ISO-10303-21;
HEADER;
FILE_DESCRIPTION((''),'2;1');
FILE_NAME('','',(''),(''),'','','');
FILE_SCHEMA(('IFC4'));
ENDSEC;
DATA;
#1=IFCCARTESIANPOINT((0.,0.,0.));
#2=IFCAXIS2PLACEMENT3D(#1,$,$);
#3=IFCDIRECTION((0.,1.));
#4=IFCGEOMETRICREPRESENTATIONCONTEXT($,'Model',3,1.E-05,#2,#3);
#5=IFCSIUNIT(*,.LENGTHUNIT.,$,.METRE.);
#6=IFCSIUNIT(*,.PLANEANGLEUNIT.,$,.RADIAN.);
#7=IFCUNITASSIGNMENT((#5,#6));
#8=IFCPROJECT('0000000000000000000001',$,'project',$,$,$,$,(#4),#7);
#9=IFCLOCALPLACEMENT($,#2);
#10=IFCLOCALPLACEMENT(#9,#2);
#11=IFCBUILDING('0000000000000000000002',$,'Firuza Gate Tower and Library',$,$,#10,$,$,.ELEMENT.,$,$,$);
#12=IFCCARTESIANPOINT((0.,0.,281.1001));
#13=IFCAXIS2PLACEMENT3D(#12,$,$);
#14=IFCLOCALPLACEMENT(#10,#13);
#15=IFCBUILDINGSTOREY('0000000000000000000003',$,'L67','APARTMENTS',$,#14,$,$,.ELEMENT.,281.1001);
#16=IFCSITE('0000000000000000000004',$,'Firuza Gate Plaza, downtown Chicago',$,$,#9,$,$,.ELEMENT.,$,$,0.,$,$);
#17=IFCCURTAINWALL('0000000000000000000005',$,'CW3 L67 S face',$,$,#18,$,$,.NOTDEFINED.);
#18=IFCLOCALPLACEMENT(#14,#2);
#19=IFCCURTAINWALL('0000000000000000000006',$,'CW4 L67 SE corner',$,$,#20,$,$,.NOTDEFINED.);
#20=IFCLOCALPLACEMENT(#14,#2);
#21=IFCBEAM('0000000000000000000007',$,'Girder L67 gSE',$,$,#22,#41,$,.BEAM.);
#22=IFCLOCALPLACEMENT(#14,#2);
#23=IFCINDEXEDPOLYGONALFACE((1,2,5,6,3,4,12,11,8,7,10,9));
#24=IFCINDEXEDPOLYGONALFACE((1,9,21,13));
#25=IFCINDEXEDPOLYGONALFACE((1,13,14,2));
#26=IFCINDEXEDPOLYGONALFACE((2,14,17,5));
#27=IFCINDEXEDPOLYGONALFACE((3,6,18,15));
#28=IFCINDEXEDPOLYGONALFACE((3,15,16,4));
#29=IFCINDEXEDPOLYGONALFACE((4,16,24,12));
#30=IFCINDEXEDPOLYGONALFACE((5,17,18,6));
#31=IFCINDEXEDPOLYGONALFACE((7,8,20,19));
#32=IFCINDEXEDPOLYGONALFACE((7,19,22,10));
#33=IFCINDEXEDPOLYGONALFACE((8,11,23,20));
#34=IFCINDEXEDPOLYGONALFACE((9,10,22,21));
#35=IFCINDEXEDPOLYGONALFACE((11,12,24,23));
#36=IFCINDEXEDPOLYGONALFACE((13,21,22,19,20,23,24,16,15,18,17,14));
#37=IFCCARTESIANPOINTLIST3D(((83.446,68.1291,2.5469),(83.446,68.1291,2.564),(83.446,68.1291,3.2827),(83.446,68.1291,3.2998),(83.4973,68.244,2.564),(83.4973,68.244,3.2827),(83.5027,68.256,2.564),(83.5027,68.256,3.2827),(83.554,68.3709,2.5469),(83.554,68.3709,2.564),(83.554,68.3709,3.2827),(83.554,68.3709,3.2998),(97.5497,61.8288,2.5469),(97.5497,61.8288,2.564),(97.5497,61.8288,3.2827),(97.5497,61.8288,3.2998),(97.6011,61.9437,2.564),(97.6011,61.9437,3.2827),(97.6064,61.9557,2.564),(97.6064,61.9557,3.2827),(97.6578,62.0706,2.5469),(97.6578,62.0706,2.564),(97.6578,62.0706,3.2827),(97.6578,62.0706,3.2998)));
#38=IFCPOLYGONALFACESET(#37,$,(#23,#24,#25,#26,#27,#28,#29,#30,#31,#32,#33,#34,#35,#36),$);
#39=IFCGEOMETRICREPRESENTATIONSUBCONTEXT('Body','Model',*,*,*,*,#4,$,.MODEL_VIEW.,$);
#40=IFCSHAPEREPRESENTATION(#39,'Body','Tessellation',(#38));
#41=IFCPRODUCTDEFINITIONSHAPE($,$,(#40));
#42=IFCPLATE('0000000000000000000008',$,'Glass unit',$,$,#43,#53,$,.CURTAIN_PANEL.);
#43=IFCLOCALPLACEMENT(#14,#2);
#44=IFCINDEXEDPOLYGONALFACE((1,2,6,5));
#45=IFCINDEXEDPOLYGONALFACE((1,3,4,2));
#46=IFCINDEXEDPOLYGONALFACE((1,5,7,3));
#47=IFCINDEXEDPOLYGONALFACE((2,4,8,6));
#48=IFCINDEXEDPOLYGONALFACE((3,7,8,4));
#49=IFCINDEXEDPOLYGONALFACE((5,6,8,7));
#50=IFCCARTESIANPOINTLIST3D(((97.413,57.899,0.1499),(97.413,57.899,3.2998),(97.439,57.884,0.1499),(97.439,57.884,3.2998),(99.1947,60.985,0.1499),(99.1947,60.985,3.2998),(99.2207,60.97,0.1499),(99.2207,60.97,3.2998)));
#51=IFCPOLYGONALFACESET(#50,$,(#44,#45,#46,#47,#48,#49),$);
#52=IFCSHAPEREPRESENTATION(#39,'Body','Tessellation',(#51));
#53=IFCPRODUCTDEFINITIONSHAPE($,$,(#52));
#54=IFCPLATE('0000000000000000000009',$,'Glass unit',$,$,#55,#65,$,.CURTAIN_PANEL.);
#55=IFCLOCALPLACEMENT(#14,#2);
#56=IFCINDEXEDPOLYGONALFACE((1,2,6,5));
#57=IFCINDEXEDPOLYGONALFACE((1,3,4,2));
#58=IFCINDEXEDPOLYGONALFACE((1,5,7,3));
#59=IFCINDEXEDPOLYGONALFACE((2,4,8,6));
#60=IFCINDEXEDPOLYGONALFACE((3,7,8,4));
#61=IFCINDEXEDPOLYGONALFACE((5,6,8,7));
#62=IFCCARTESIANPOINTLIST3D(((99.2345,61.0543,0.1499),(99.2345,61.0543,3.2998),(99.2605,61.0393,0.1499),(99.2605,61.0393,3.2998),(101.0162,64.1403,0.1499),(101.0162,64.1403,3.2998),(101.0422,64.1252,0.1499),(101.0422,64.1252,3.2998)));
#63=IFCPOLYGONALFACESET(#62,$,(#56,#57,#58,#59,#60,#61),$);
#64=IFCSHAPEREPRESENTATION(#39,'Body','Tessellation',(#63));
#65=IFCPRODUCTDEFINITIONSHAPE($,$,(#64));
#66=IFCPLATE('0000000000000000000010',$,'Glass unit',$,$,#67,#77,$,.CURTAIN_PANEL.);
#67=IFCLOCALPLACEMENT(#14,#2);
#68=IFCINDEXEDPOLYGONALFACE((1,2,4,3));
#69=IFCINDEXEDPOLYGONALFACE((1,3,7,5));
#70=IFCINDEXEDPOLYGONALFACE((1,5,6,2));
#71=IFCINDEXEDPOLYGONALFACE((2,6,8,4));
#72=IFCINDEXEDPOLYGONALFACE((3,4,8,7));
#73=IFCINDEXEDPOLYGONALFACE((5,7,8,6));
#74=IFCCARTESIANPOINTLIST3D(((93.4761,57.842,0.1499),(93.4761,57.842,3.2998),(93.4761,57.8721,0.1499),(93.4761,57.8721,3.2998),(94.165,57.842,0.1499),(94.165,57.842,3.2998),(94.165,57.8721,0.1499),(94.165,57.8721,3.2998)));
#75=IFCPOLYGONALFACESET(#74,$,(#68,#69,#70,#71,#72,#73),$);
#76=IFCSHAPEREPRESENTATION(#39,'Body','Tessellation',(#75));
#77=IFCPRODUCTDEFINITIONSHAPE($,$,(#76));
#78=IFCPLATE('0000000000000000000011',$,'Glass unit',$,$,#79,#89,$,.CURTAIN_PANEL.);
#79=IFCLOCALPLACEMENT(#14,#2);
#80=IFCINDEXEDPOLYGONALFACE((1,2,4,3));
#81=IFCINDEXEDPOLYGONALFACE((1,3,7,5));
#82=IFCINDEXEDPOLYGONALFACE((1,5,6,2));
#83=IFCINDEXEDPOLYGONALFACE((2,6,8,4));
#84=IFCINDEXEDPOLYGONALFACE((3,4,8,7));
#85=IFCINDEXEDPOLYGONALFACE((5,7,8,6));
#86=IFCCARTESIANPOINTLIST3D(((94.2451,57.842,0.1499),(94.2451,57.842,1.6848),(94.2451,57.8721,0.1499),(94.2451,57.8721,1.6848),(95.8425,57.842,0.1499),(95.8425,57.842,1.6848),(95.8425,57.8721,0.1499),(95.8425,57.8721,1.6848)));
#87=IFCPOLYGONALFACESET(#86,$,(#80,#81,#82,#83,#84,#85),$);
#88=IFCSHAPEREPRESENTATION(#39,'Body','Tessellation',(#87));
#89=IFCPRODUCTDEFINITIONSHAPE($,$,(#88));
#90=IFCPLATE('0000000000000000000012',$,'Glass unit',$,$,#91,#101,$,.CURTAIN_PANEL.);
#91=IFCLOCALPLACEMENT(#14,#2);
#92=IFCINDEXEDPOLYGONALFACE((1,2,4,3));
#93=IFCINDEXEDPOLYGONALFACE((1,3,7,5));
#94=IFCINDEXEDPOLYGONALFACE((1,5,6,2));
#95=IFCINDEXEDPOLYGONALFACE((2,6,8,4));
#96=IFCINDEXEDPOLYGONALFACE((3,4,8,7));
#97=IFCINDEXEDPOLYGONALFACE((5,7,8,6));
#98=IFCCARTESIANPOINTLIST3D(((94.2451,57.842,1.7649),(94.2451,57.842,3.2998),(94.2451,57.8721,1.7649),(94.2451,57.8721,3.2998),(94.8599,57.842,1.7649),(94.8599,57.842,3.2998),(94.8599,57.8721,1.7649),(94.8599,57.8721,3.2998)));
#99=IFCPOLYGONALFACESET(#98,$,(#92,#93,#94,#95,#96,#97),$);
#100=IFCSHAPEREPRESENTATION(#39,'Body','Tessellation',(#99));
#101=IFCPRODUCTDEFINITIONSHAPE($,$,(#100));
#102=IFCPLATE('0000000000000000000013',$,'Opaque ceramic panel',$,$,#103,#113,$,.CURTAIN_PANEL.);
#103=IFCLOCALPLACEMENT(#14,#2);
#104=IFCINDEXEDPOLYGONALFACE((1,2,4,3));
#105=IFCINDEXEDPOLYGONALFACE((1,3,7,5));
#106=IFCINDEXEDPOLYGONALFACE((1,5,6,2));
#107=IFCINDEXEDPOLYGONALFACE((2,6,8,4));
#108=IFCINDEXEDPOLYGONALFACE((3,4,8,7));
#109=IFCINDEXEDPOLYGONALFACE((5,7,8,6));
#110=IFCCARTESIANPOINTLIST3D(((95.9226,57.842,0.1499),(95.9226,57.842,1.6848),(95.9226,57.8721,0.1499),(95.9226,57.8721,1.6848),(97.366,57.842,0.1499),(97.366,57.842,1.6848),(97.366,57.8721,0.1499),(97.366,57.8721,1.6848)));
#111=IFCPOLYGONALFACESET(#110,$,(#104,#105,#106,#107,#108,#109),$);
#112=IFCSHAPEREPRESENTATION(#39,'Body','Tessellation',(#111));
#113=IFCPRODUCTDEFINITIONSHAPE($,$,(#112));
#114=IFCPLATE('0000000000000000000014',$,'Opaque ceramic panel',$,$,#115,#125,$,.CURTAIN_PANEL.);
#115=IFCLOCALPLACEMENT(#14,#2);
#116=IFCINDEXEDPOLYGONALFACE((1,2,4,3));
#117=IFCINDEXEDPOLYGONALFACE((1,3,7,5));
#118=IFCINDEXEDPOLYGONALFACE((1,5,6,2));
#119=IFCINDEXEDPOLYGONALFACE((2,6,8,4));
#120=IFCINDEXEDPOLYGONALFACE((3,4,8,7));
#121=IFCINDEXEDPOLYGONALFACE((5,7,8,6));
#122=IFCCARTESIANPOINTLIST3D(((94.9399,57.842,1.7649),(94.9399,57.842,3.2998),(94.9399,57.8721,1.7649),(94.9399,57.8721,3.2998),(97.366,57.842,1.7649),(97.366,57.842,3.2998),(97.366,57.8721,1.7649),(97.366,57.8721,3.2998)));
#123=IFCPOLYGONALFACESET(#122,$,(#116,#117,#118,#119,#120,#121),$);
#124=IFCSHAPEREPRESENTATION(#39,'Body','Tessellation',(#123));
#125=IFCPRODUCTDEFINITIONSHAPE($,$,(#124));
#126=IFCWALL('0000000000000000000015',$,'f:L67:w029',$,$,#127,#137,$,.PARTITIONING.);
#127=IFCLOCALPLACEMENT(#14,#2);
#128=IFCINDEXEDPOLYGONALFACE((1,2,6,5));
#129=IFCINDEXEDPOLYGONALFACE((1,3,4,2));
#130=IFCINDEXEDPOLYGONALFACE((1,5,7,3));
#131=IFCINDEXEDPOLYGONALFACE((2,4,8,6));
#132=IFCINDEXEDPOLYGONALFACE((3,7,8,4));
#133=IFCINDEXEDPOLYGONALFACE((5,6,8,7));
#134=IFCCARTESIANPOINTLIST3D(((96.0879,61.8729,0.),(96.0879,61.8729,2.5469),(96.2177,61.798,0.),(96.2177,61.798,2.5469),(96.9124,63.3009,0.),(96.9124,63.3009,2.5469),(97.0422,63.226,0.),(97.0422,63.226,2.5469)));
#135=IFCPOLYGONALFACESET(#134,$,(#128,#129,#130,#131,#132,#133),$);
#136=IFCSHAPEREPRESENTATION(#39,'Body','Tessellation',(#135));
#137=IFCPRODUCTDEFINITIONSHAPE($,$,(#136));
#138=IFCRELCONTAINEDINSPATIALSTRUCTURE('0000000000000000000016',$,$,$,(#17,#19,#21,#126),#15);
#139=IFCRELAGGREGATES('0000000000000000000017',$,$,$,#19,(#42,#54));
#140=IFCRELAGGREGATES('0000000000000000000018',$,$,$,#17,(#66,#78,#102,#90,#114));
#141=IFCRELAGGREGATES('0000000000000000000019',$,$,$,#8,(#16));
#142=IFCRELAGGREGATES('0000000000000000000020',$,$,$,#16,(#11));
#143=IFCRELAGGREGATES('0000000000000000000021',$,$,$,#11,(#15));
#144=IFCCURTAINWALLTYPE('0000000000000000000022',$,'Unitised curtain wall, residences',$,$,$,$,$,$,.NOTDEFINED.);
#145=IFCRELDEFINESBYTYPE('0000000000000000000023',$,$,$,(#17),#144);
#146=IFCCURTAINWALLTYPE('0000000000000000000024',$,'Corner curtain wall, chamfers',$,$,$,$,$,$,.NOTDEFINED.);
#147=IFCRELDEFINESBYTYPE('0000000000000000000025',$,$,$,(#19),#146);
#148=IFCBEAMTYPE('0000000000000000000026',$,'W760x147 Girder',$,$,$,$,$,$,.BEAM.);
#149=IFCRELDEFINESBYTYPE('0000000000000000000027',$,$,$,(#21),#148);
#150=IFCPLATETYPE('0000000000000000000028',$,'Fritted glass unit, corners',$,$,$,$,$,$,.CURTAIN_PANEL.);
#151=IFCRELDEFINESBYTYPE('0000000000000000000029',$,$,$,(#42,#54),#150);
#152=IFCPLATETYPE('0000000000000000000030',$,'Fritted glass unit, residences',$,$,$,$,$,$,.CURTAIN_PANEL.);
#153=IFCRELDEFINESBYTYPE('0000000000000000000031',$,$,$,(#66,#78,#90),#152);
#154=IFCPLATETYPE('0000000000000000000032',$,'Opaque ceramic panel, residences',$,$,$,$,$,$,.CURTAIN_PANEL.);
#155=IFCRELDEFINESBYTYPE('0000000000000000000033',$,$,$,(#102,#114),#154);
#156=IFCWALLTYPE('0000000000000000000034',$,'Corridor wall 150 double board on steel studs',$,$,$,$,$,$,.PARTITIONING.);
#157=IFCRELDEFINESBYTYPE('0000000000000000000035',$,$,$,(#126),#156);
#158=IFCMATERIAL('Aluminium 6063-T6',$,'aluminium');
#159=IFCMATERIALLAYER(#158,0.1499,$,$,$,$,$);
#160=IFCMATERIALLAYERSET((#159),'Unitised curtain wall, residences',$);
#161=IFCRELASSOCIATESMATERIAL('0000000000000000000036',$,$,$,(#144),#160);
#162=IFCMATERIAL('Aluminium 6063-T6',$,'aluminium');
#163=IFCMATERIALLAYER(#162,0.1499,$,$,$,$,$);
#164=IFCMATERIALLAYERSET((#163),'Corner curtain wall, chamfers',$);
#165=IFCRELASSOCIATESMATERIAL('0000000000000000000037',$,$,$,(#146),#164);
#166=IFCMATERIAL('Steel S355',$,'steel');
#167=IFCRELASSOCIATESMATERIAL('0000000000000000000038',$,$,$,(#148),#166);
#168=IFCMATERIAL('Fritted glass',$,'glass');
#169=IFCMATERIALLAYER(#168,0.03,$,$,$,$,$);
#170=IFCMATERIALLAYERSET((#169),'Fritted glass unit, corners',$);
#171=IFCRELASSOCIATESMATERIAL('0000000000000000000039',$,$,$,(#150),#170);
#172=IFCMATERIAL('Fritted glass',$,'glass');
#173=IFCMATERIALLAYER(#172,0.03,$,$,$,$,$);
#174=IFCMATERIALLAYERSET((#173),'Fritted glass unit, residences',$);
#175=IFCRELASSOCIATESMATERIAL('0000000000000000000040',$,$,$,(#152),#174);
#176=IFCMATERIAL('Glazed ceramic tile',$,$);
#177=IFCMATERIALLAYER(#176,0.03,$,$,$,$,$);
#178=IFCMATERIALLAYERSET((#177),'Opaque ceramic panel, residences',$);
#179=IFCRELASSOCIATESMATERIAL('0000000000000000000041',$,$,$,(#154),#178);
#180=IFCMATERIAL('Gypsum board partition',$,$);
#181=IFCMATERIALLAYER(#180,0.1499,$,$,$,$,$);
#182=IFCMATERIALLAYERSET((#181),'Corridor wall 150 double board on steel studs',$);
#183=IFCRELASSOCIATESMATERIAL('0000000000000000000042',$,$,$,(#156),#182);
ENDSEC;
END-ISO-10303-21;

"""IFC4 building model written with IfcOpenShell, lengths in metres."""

from ifc_helpers import new_model, si_unit, direction, frame, frame_2d, origin, origin_2d, place, context, subcontext, project, spatial, polyline, rectangle, i_section, outline, extrude, material, layer, layer_set, material_profile, profile_set, type_object, element, aggregate, save


model = new_model("IFC4")

# Units and contexts
model_context = context("Model", 3, precision=1e-05, world=origin(), true_north=direction((0.0, 1.0)))
body_context = subcontext(model_context, "Body", "Model", "MODEL_VIEW")
ifc_project = project(units=[si_unit("LENGTHUNIT", "METRE"), si_unit("PLANEANGLEUNIT", "RADIAN")], contexts=[model_context])

# Site, building, storey
site_placement = place(None, origin())
site = spatial("IfcSite", under=ifc_project, at=site_placement, Name="Firuza Gate Plaza, downtown Chicago", CompositionType="ELEMENT", RefElevation=0.0)
building_placement = place(site_placement, origin())
building = spatial("IfcBuilding", under=site, at=building_placement, Name="Firuza Gate Tower and Library", CompositionType="ELEMENT")
storey_placement = place(building_placement, frame((0.0, 0.0, 281.1001)))
storey = spatial("IfcBuildingStorey", under=building, at=storey_placement, Name="L67", Description="APARTMENTS", CompositionType="ELEMENT", Elevation=281.1001)

# Curtain walls
ifc_material_1 = material(Name="Aluminium 6063-T6", Category="aluminium")
ifc_layer_1 = layer(ifc_material_1, 0.1499)
ifc_layer_set_1 = layer_set([ifc_layer_1], Name="Unitised curtain wall, residences")
curtain_wall_type_1 = type_object("IfcCurtainWallType", Name="Unitised curtain wall, residences", PredefinedType="NOTDEFINED", material=ifc_layer_set_1)
placement = place(storey_placement, origin())
curtain_wall_1 = element("IfcCurtainWall", 1, at=placement, inside=storey, type_object=curtain_wall_type_1, Name="CW3 L67 S face", PredefinedType="NOTDEFINED")
ifc_material_2 = material(Name="Aluminium 6063-T6", Category="aluminium")
ifc_layer_2 = layer(ifc_material_2, 0.1499)
ifc_layer_set_2 = layer_set([ifc_layer_2], Name="Corner curtain wall, chamfers")
curtain_wall_type_2 = type_object("IfcCurtainWallType", Name="Corner curtain wall, chamfers", PredefinedType="NOTDEFINED", material=ifc_layer_set_2)
curtain_wall_2 = element("IfcCurtainWall", 2, at=placement, inside=storey, type_object=curtain_wall_type_2, Name="CW4 L67 SE corner", PredefinedType="NOTDEFINED")

# Beam
ifc_material_3 = material(Name="Steel S355", Category="steel")
ifc_material_profile_1 = material_profile(ifc_material_3, i_section(OverallWidth=0.2649, OverallDepth=0.7529, WebThickness=0.0132, FlangeThickness=0.0171, at=origin_2d()))
ifc_profile_set_1 = profile_set([ifc_material_profile_1], Name="Steel S355")
beam_type_1 = type_object("IfcBeamType", Name="W760x147 Girder", PredefinedType="BEAM", material=ifc_profile_set_1)
beam_1_placement = place(storey_placement, frame((97.6038, 61.9497, 2.9233), z_axis=(-0.913042, 0.407865, 0.0), x_axis=(-0.407865, -0.913042, 0.0)))
element("IfcBeam", 3, at=beam_1_placement, inside=storey, type_object=beam_type_1, Name="Girder L67 gSE", PredefinedType="BEAM", context=body_context, shape_type="SweptSolid", body=[
    extrude(i_section(OverallWidth=0.2649, OverallDepth=0.7529, WebThickness=0.0132, FlangeThickness=0.0171, at=origin_2d()), origin(), (0.0, 0.0, 1.0), 15.447),
])

# Plates
ifc_material_4 = material(Name="Fritted glass", Category="glass")
ifc_layer_3 = layer(ifc_material_4, 0.03)
ifc_layer_set_3 = layer_set([ifc_layer_3], Name="Fritted glass unit, corners")
plate_type_1 = type_object("IfcPlateType", Name="Fritted glass unit, corners", PredefinedType="CURTAIN_PANEL", material=ifc_layer_set_3)
plate_1_placement = place(storey_placement, frame((97.439, 57.884, 0.1499), z_axis=(0.866017, -0.500015, 0.0), x_axis=(0.500015, 0.866017, 0.0)))
plate_1 = element("IfcPlate", 4, at=plate_1_placement, type_object=plate_type_1, Name="Glass unit", PredefinedType="CURTAIN_PANEL", context=body_context, shape_type="SweptSolid", body=[
    extrude(outline(polyline([(0.0, 0.0), (3.5634, 0.0), (3.5634, 3.1499), (0.0, 3.1499), (0.0, 0.0)])), origin(), (0.0, 0.0, -1.0), 0.03),
])
plate_2_placement = place(storey_placement, frame((99.2605, 61.0393, 0.1499), z_axis=(0.866017, -0.500015, 0.0), x_axis=(0.500015, 0.866017, 0.0)))
plate_2 = element("IfcPlate", 5, at=plate_2_placement, type_object=plate_type_1, Name="Glass unit", PredefinedType="CURTAIN_PANEL", context=body_context, shape_type="SweptSolid", body=[
    extrude(outline(polyline([(0.0, 0.0), (3.5634, 0.0), (3.5634, 3.1499), (0.0, 3.1499), (0.0, 0.0)])), origin(), (0.0, 0.0, -1.0), 0.03),
])
aggregate(curtain_wall_2, [plate_1, plate_2])
ifc_material_5 = material(Name="Fritted glass", Category="glass")
ifc_layer_4 = layer(ifc_material_5, 0.03)
ifc_layer_set_4 = layer_set([ifc_layer_4], Name="Fritted glass unit, residences")
plate_type_2 = type_object("IfcPlateType", Name="Fritted glass unit, residences", PredefinedType="CURTAIN_PANEL", material=ifc_layer_set_4)
plate_3_placement = place(storey_placement, frame((93.4761, 57.842, 0.1499), z_axis=(0.0, -1.0, 0.0), x_axis=(1.0, 0.0, 0.0)))
plate_3 = element("IfcPlate", 6, at=plate_3_placement, type_object=plate_type_2, Name="Glass unit", PredefinedType="CURTAIN_PANEL", context=body_context, shape_type="SweptSolid", body=[
    extrude(outline(polyline([(0.0, 0.0), (0.689, 0.0), (0.689, 3.1499), (0.0, 3.1499), (0.0, 0.0)])), origin(), (0.0, 0.0, -1.0), 0.03),
])
plate_4_placement = place(storey_placement, frame((94.2451, 57.842, 0.1499), z_axis=(0.0, -1.0, 0.0), x_axis=(1.0, 0.0, 0.0)))
plate_4 = element("IfcPlate", 7, at=plate_4_placement, type_object=plate_type_2, Name="Glass unit", PredefinedType="CURTAIN_PANEL", context=body_context, shape_type="SweptSolid", body=[
    extrude(outline(polyline([(0.0, 0.0), (1.5974, 0.0), (1.5974, 1.5349), (0.0, 1.5349), (0.0, 0.0)])), origin(), (0.0, 0.0, -1.0), 0.03),
])
plate_5_placement = place(storey_placement, frame((94.2451, 57.842, 1.7649), z_axis=(0.0, -1.0, 0.0), x_axis=(1.0, 0.0, 0.0)))
plate_5 = element("IfcPlate", 8, at=plate_5_placement, type_object=plate_type_2, Name="Glass unit", PredefinedType="CURTAIN_PANEL", context=body_context, shape_type="SweptSolid", body=[
    extrude(outline(polyline([(0.0, 0.0), (0.6147, 0.0), (0.6147, 1.5349), (0.0, 1.5349), (0.0, 0.0)])), origin(), (0.0, 0.0, -1.0), 0.03),
])
ifc_material_6 = material(Name="Glazed ceramic tile")
ifc_layer_5 = layer(ifc_material_6, 0.03)
ifc_layer_set_5 = layer_set([ifc_layer_5], Name="Opaque ceramic panel, residences")
plate_type_3 = type_object("IfcPlateType", Name="Opaque ceramic panel, residences", PredefinedType="CURTAIN_PANEL", material=ifc_layer_set_5)
plate_6_placement = place(storey_placement, frame((95.9226, 57.842, 0.1499), z_axis=(0.0, -1.0, 0.0), x_axis=(1.0, 0.0, 0.0)))
plate_6 = element("IfcPlate", 9, at=plate_6_placement, type_object=plate_type_3, Name="Opaque ceramic panel", PredefinedType="CURTAIN_PANEL", context=body_context, shape_type="SweptSolid", body=[
    extrude(outline(polyline([(0.0, 0.0), (1.4434, 0.0), (1.4434, 1.5349), (0.0, 1.5349), (0.0, 0.0)])), origin(), (0.0, 0.0, -1.0), 0.03),
])
plate_7_placement = place(storey_placement, frame((94.9399, 57.842, 1.7649), z_axis=(0.0, -1.0, 0.0), x_axis=(1.0, 0.0, 0.0)))
plate_7 = element("IfcPlate", 10, at=plate_7_placement, type_object=plate_type_3, Name="Opaque ceramic panel", PredefinedType="CURTAIN_PANEL", context=body_context, shape_type="SweptSolid", body=[
    extrude(outline(polyline([(0.0, 0.0), (2.426, 0.0), (2.426, 1.5349), (0.0, 1.5349), (0.0, 0.0)])), origin(), (0.0, 0.0, -1.0), 0.03),
])
aggregate(curtain_wall_1, [plate_3, plate_4, plate_6, plate_5, plate_7])

# Wall
ifc_material_7 = material(Name="Gypsum board partition")
ifc_layer_6 = layer(ifc_material_7, 0.1499)
ifc_layer_set_6 = layer_set([ifc_layer_6], Name="Corridor wall 150 double board on steel studs")
wall_type_1 = type_object("IfcWallType", Name="Corridor wall 150 double board on steel studs", PredefinedType="PARTITIONING", material=ifc_layer_set_6)
wall_1_placement = place(storey_placement, frame((96.1528, 61.8354, 0.0), z_axis=(0.0, 0.0, 1.0), x_axis=(0.500009, 0.86602, 0.0)))
element("IfcWall", 11, at=wall_1_placement, inside=storey, type_object=wall_type_1, Name="f:L67:w029", PredefinedType="PARTITIONING", context=body_context, shape_type="SweptSolid", body=[
    extrude(rectangle(XDim=1.6489, YDim=0.1499, at=frame_2d((0.8245, 0.0))), origin(), (0.0, 0.0, 1.0), 2.5469),
])

save(model, "model.ifc")
